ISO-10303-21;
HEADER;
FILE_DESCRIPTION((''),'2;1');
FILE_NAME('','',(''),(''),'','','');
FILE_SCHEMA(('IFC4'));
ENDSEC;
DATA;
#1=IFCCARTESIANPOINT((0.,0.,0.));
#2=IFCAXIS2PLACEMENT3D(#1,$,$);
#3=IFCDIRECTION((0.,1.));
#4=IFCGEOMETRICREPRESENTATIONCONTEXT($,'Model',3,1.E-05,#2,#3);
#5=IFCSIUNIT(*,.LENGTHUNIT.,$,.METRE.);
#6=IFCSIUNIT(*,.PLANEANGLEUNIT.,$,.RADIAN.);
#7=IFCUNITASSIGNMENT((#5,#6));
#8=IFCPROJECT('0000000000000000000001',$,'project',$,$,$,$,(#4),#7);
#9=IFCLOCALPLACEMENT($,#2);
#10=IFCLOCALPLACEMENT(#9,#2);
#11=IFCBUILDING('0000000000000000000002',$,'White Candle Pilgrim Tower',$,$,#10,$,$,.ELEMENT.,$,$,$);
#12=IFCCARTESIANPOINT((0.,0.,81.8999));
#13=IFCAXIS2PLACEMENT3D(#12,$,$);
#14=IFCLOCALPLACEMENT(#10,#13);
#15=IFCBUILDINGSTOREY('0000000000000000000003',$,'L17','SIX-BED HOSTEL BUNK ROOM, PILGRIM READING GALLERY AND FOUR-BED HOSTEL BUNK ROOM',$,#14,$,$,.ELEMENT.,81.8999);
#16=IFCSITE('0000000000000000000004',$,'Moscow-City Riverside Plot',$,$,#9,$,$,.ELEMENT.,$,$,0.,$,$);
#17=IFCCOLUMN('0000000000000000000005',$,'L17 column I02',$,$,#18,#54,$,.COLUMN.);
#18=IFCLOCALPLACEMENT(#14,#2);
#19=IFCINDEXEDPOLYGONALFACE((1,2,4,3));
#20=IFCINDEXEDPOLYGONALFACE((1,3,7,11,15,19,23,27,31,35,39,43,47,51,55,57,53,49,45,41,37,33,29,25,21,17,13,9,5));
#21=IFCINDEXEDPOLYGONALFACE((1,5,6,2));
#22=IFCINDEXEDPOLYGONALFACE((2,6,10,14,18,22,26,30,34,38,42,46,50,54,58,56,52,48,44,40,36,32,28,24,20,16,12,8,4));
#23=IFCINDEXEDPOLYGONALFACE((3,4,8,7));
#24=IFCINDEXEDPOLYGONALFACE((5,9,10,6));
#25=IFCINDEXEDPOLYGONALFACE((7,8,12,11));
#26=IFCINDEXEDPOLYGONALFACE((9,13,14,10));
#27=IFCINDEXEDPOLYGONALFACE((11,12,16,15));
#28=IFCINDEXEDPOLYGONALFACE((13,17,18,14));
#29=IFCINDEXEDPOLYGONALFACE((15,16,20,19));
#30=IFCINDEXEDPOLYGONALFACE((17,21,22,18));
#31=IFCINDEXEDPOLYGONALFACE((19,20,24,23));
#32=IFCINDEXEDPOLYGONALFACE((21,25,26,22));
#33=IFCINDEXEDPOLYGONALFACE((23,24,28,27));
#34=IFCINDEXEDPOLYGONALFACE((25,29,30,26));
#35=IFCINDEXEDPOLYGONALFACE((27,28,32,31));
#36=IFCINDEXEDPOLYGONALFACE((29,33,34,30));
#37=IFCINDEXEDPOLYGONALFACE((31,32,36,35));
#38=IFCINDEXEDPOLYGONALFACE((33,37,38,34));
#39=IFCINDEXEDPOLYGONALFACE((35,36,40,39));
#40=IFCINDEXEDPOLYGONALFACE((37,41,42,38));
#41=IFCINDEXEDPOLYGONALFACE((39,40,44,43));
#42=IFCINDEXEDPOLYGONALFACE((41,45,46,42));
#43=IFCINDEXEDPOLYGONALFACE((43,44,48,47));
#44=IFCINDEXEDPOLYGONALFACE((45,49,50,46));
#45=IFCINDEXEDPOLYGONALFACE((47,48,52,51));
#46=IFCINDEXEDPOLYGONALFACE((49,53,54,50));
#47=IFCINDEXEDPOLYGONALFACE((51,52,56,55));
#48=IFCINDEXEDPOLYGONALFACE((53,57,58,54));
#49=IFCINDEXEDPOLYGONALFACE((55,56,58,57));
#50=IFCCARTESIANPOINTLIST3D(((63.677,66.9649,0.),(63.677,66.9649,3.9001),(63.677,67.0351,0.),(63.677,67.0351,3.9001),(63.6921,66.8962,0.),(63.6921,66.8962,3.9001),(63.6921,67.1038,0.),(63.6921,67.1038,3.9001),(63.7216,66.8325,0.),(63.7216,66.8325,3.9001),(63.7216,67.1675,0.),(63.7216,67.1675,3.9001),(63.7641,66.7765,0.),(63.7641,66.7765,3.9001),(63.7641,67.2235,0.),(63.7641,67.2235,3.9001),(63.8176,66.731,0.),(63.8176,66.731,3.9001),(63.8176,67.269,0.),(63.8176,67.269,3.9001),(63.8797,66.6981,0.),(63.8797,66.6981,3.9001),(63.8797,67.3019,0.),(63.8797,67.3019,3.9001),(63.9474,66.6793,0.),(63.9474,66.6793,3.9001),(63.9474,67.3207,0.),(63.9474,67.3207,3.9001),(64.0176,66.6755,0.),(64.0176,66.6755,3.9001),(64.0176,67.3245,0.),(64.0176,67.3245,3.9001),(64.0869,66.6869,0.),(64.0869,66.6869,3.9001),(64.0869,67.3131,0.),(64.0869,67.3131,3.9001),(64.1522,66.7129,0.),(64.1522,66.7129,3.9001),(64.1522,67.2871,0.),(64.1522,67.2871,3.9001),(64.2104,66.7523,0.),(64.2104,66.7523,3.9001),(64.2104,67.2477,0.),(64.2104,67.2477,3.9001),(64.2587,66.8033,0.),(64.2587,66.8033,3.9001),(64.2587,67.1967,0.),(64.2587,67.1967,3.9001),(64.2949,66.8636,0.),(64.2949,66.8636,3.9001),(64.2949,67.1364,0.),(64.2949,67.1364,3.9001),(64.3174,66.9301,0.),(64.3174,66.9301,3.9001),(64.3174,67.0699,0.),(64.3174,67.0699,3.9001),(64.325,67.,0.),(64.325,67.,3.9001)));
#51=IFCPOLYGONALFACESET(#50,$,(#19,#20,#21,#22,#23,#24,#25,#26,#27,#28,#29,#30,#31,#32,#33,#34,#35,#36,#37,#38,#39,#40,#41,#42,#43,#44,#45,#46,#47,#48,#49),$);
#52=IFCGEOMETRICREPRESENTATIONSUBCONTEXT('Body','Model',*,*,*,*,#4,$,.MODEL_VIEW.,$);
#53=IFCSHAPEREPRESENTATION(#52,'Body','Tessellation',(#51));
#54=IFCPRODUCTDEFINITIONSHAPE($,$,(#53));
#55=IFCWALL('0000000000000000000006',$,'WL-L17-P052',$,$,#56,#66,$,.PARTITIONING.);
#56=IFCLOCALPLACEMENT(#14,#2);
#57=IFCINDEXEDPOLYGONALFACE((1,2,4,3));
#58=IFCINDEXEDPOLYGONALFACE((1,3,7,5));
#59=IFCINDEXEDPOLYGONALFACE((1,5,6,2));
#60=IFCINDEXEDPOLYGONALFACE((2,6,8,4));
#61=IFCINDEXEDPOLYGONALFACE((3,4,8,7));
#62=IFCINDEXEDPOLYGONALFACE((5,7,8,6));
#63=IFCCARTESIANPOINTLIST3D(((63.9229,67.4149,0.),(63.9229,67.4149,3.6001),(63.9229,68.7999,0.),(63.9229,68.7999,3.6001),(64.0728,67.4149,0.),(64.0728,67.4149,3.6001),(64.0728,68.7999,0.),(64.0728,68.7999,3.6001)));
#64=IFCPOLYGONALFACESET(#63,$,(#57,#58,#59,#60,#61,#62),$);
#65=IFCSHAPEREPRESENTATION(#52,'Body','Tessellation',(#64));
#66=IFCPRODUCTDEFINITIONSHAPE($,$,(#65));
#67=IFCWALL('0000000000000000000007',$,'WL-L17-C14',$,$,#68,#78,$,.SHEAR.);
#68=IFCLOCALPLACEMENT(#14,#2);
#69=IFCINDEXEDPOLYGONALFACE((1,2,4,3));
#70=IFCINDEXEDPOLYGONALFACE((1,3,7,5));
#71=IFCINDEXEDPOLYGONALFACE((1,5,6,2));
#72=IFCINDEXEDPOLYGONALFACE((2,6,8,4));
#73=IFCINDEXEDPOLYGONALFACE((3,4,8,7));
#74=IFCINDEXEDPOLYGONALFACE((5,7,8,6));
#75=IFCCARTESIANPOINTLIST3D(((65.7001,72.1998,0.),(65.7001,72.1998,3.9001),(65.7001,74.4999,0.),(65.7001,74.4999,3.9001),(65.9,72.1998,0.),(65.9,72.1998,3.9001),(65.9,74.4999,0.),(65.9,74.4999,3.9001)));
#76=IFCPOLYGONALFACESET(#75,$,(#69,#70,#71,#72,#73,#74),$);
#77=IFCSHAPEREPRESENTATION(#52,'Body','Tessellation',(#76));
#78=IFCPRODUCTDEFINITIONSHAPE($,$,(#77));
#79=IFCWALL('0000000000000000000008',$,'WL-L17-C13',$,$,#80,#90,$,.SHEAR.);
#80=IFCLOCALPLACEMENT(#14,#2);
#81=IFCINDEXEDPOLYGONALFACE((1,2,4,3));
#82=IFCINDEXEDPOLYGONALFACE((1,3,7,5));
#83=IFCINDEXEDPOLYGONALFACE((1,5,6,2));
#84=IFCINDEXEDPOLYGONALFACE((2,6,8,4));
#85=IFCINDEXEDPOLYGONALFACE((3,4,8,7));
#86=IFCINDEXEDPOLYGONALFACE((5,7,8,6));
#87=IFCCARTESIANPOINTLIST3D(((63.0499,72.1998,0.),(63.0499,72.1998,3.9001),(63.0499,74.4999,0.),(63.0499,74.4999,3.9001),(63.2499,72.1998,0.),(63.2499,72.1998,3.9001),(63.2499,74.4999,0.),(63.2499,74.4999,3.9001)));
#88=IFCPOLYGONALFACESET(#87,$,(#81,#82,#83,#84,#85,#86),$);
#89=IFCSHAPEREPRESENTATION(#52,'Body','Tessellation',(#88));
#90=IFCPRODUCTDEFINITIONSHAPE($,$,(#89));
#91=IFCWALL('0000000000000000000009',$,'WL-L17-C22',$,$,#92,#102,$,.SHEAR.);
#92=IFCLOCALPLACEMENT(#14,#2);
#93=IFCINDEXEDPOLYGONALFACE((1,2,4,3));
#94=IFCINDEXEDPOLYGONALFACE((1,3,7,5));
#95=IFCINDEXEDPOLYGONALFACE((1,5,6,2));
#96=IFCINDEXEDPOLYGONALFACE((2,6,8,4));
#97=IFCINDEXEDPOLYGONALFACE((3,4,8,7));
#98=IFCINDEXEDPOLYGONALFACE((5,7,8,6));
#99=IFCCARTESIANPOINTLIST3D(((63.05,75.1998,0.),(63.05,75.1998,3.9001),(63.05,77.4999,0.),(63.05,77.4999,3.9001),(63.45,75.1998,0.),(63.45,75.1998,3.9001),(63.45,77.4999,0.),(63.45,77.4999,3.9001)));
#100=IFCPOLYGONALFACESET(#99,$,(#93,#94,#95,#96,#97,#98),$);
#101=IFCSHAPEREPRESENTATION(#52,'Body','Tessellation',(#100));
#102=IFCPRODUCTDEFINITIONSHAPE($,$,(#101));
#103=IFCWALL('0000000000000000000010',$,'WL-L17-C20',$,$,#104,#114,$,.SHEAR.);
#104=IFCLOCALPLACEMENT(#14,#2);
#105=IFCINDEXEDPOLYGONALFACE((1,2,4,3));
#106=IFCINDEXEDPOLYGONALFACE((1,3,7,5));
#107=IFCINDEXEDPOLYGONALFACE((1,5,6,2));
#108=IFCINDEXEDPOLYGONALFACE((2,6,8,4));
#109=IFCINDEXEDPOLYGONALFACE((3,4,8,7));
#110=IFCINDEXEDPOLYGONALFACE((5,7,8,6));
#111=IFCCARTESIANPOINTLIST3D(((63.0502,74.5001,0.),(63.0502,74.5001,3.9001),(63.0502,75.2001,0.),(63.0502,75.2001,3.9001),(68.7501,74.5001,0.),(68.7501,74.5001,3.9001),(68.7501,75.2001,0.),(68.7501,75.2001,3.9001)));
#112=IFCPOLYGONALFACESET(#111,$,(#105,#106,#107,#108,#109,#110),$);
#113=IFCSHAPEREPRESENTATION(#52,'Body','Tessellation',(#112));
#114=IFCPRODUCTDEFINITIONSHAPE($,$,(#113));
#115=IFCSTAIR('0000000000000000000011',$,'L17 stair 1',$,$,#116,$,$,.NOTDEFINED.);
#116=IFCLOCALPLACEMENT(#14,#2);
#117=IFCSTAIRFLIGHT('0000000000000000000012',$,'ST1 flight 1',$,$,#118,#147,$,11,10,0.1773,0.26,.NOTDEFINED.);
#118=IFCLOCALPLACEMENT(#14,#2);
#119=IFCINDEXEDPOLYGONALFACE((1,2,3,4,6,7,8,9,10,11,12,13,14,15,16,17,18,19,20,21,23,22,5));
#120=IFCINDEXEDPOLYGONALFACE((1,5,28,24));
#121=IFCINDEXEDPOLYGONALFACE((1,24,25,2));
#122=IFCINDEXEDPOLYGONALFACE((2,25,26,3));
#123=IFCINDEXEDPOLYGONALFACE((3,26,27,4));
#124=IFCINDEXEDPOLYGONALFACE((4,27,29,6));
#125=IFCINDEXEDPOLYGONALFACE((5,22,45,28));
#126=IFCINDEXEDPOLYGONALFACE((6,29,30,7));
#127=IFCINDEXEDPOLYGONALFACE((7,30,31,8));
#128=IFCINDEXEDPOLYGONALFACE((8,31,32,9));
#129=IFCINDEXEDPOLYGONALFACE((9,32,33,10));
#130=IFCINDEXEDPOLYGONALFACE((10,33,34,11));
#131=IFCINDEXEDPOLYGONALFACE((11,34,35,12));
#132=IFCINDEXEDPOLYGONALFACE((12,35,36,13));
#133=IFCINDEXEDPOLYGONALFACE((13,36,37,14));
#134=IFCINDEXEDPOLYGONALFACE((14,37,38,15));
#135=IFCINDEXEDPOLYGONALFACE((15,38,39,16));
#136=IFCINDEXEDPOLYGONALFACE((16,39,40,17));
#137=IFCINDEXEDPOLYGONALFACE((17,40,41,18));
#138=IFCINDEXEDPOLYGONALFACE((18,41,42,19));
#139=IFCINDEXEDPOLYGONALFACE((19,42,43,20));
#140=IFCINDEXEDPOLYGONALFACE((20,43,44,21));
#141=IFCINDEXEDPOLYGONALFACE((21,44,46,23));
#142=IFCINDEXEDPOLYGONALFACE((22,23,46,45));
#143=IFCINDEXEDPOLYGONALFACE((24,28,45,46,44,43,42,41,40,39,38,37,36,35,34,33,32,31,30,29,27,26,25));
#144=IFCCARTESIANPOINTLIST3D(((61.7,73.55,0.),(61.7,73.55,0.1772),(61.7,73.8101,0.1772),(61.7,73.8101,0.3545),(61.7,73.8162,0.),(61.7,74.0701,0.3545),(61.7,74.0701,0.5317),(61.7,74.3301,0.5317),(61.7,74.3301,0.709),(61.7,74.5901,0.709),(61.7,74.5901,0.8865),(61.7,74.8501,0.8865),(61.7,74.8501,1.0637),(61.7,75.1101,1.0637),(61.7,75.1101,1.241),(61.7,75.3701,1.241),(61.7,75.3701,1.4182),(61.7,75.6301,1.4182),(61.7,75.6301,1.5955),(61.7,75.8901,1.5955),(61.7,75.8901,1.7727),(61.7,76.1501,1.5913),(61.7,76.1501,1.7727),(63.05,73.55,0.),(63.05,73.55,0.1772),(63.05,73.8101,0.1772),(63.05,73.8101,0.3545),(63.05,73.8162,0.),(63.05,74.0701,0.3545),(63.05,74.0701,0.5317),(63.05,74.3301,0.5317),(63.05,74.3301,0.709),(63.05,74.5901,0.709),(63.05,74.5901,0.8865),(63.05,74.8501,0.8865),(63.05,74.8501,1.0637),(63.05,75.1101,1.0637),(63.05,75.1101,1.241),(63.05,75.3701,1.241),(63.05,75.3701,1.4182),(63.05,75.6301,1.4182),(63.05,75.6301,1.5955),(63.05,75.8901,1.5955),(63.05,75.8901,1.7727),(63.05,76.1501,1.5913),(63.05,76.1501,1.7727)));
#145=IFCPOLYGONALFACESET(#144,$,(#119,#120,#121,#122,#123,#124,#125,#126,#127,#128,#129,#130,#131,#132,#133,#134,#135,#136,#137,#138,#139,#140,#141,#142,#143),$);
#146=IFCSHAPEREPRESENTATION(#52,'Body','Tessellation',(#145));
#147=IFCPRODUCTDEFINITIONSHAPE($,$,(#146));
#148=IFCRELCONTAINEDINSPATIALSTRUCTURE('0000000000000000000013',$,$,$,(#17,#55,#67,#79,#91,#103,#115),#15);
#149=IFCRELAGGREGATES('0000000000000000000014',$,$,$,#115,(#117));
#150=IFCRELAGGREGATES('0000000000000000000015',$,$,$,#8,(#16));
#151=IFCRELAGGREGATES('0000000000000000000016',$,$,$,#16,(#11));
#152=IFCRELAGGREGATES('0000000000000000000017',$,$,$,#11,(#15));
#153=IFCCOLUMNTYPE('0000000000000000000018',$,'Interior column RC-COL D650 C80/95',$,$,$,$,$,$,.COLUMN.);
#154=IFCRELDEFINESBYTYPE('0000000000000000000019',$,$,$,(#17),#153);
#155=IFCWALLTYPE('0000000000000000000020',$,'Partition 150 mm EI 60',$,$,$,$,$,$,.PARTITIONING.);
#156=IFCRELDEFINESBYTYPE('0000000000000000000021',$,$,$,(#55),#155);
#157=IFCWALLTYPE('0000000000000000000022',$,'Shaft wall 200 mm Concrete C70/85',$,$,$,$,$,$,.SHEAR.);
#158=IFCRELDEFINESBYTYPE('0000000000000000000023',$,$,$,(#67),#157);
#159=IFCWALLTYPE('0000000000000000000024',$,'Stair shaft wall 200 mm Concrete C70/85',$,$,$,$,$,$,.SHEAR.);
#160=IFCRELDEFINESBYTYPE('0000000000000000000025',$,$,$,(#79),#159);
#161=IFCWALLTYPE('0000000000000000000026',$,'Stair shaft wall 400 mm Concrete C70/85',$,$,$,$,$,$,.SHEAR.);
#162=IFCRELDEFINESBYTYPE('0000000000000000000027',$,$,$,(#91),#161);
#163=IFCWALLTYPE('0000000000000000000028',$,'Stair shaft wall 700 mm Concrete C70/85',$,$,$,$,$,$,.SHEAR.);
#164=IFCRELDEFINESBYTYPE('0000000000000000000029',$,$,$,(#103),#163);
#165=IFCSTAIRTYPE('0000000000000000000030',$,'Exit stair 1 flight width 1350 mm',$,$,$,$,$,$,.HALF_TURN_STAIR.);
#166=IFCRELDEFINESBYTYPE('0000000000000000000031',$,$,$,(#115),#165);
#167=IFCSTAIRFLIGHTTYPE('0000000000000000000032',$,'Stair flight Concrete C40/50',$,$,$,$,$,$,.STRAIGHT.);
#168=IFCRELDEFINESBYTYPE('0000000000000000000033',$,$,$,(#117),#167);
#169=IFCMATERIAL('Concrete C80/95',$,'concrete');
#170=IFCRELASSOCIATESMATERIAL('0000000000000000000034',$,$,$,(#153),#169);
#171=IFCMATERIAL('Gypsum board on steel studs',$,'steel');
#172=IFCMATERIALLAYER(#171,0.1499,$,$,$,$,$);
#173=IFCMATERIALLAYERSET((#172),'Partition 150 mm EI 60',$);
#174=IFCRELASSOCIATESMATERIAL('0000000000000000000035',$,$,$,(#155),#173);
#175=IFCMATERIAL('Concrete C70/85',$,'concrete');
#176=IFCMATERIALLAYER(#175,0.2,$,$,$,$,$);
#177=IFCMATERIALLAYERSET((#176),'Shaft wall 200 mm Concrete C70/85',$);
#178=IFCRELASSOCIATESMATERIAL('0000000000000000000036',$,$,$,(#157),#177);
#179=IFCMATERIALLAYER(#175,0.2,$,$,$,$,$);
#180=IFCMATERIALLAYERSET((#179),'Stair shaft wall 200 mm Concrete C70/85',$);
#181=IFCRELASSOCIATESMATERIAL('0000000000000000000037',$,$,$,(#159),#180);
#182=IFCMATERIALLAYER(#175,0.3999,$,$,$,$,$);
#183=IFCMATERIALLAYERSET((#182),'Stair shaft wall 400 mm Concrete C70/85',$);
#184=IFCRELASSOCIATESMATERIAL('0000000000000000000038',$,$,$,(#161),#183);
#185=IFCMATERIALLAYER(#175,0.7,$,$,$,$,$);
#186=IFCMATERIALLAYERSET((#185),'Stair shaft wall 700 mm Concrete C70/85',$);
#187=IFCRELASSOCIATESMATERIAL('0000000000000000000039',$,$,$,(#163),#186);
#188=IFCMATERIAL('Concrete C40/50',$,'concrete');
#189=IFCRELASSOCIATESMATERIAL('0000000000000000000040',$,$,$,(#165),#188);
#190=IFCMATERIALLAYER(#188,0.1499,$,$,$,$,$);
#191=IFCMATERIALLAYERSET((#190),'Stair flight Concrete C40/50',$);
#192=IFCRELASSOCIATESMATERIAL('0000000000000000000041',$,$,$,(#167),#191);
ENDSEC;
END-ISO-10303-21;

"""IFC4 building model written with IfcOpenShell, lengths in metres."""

from ifc_helpers import new_model, si_unit, direction, frame, frame_2d, origin, origin_2d, place, context, subcontext, project, spatial, polyline, rectangle, circle, outline, extrude, material, layer, layer_set, material_profile, profile_set, type_object, element, aggregate, save


model = new_model("IFC4")

# Units and contexts
model_context = context("Model", 3, precision=1e-05, world=origin(), true_north=direction((0.0, 1.0)))
body_context = subcontext(model_context, "Body", "Model", "MODEL_VIEW")
ifc_project = project(units=[si_unit("LENGTHUNIT", "METRE"), si_unit("PLANEANGLEUNIT", "RADIAN")], contexts=[model_context])

# Site, building, storey
site_placement = place(None, origin())
site = spatial("IfcSite", under=ifc_project, at=site_placement, Name="Moscow-City Riverside Plot", CompositionType="ELEMENT", RefElevation=0.0)
building_placement = place(site_placement, origin())
building = spatial("IfcBuilding", under=site, at=building_placement, Name="White Candle Pilgrim Tower", CompositionType="ELEMENT")
storey_placement = place(building_placement, frame((0.0, 0.0, 81.8999)))
storey = spatial("IfcBuildingStorey", under=building, at=storey_placement, Name="L17", Description="SIX-BED HOSTEL BUNK ROOM, PILGRIM READING GALLERY AND FOUR-BED HOSTEL BUNK ROOM", CompositionType="ELEMENT", Elevation=81.8999)

# Column
ifc_material_1 = material(Name="Concrete C80/95", Category="concrete")
ifc_material_profile = material_profile(ifc_material_1, circle(Radius=0.325, at=origin_2d()), Name="RC-COL D650")
ifc_profile_set = profile_set([ifc_material_profile], Name="Concrete C80/95")
column_type = type_object("IfcColumnType", Name="Interior column RC-COL D650 C80/95", PredefinedType="COLUMN", material=ifc_profile_set)
column_placement = place(storey_placement, frame((64.0, 67.0, 0.0), z_axis=(0.0, 0.0, 1.0), x_axis=(1.0, 0.0, 0.0)))
element("IfcColumn", 1, at=column_placement, inside=storey, type_object=column_type, Name="L17 column I02", PredefinedType="COLUMN", context=body_context, shape_type="SweptSolid", body=[
    extrude(circle(Radius=0.325, at=origin_2d()), origin(), (0.0, 0.0, 1.0), 3.9001),
])

# Walls
ifc_material_2 = material(Name="Gypsum board on steel studs", Category="steel")
ifc_layer_1 = layer(ifc_material_2, 0.1499)
ifc_layer_set_1 = layer_set([ifc_layer_1], Name="Partition 150 mm EI 60")
wall_type_1 = type_object("IfcWallType", Name="Partition 150 mm EI 60", PredefinedType="PARTITIONING", material=ifc_layer_set_1)
wall_1_placement = place(storey_placement, frame((63.9978, 67.415, 0.0), z_axis=(0.0, 0.0, 1.0), x_axis=(0.0, 1.0, 0.0)))
element("IfcWall", 2, at=wall_1_placement, inside=storey, type_object=wall_type_1, Name="WL-L17-P052", PredefinedType="PARTITIONING", context=body_context, shape_type="SweptSolid", body=[
    extrude(rectangle(XDim=1.385, YDim=0.1499, at=frame_2d((0.6924, 0.0))), origin(), (0.0, 0.0, 1.0), 3.6001),
])
ifc_material_3 = material(Name="Concrete C70/85", Category="concrete")
ifc_layer_2 = layer(ifc_material_3, 0.2)
ifc_layer_set_2 = layer_set([ifc_layer_2], Name="Shaft wall 200 mm Concrete C70/85")
wall_type_2 = type_object("IfcWallType", Name="Shaft wall 200 mm Concrete C70/85", PredefinedType="SHEAR", material=ifc_layer_set_2)
wall_2_placement = place(storey_placement, frame((65.8, 72.2, 0.0), z_axis=(0.0, 0.0, 1.0), x_axis=(0.0, 1.0, 0.0)))
element("IfcWall", 3, at=wall_2_placement, inside=storey, type_object=wall_type_2, Name="WL-L17-C14", PredefinedType="SHEAR", context=body_context, shape_type="SweptSolid", body=[
    extrude(rectangle(XDim=2.3, YDim=0.2, at=frame_2d((1.1499, 0.0))), origin(), (0.0, 0.0, 1.0), 3.9001),
])
ifc_layer_3 = layer(ifc_material_3, 0.2)
ifc_layer_set_3 = layer_set([ifc_layer_3], Name="Stair shaft wall 200 mm Concrete C70/85")
wall_type_3 = type_object("IfcWallType", Name="Stair shaft wall 200 mm Concrete C70/85", PredefinedType="SHEAR", material=ifc_layer_set_3)
wall_3_placement = place(storey_placement, frame((63.1499, 72.2, 0.0), z_axis=(0.0, 0.0, 1.0), x_axis=(0.0, 1.0, 0.0)))
element("IfcWall", 4, at=wall_3_placement, inside=storey, type_object=wall_type_3, Name="WL-L17-C13", PredefinedType="SHEAR", context=body_context, shape_type="SweptSolid", body=[
    extrude(rectangle(XDim=2.3, YDim=0.2, at=frame_2d((1.1499, 0.0))), origin(), (0.0, 0.0, 1.0), 3.9001),
])
ifc_layer_4 = layer(ifc_material_3, 0.3999)
ifc_layer_set_4 = layer_set([ifc_layer_4], Name="Stair shaft wall 400 mm Concrete C70/85")
wall_type_4 = type_object("IfcWallType", Name="Stair shaft wall 400 mm Concrete C70/85", PredefinedType="SHEAR", material=ifc_layer_set_4)
wall_4_placement = place(storey_placement, frame((63.25, 75.2, 0.0), z_axis=(0.0, 0.0, 1.0), x_axis=(0.0, 1.0, 0.0)))
element("IfcWall", 5, at=wall_4_placement, inside=storey, type_object=wall_type_4, Name="WL-L17-C22", PredefinedType="SHEAR", context=body_context, shape_type="SweptSolid", body=[
    extrude(rectangle(XDim=2.3, YDim=0.3999, at=frame_2d((1.1499, 0.0))), origin(), (0.0, 0.0, 1.0), 3.9001),
])
ifc_layer_5 = layer(ifc_material_3, 0.7)
ifc_layer_set_5 = layer_set([ifc_layer_5], Name="Stair shaft wall 700 mm Concrete C70/85")
wall_type_5 = type_object("IfcWallType", Name="Stair shaft wall 700 mm Concrete C70/85", PredefinedType="SHEAR", material=ifc_layer_set_5)
wall_5_placement = place(storey_placement, frame((63.05, 74.8501, 0.0), z_axis=(0.0, 0.0, 1.0), x_axis=(1.0, 0.0, 0.0)))
element("IfcWall", 6, at=wall_5_placement, inside=storey, type_object=wall_type_5, Name="WL-L17-C20", PredefinedType="SHEAR", context=body_context, shape_type="SweptSolid", body=[
    extrude(rectangle(XDim=5.7, YDim=0.7, at=frame_2d((2.8501, 0.0))), origin(), (0.0, 0.0, 1.0), 3.9001),
])

# Stair, stair flight
ifc_material_4 = material(Name="Concrete C40/50", Category="concrete")
stair_type = type_object("IfcStairType", Name="Exit stair 1 flight width 1350 mm", PredefinedType="HALF_TURN_STAIR", material=ifc_material_4)
stair_placement = place(storey_placement, origin())
stair = element("IfcStair", 7, at=stair_placement, inside=storey, type_object=stair_type, Name="L17 stair 1", PredefinedType="NOTDEFINED")
ifc_layer_6 = layer(ifc_material_4, 0.1499)
ifc_layer_set_6 = layer_set([ifc_layer_6], Name="Stair flight Concrete C40/50")
stair_flight_type = type_object("IfcStairFlightType", Name="Stair flight Concrete C40/50", PredefinedType="STRAIGHT", material=ifc_layer_set_6)
stair_flight_placement = place(storey_placement, frame((62.375, 73.55, 0.0), z_axis=(0.0, 0.0, 1.0), x_axis=(0.0, 1.0, 0.0)))
stair_flight = element("IfcStairFlight", 8, at=stair_flight_placement, type_object=stair_flight_type, Name="ST1 flight 1", NumberOfRisers=11, NumberOfTreads=10, PredefinedType="NOTDEFINED", RiserHeight=0.1773, TreadLength=0.26, context=body_context, shape_type="SweptSolid", body=[
    extrude(outline(polyline([(0.0, 0.0), (0.0, 0.1772), (0.26, 0.1772), (0.26, 0.3545), (0.52, 0.3545), (0.52, 0.5317), (0.78, 0.5317), (0.78, 0.709), (1.04, 0.709), (1.04, 0.8865), (1.3, 0.8865), (1.3, 1.0637), (1.5601, 1.0637), (1.5601, 1.241), (1.8201, 1.241), (1.8201, 1.4182), (2.0801, 1.4182), (2.0801, 1.5955), (2.3401, 1.5955), (2.3401, 1.7727), (2.6001, 1.7727), (2.6001, 1.95), (2.6001, 1.5913), (0.2661, 0.0), (0.0, 0.0)])), frame((0.0, 0.675, 0.0), z_axis=(0.0, -1.0, 0.0), x_axis=(1.0, 0.0, 0.0)), (0.0, 0.0, 1.0), 1.3501),
])
aggregate(stair, [stair_flight])

save(model, "model.ifc")
